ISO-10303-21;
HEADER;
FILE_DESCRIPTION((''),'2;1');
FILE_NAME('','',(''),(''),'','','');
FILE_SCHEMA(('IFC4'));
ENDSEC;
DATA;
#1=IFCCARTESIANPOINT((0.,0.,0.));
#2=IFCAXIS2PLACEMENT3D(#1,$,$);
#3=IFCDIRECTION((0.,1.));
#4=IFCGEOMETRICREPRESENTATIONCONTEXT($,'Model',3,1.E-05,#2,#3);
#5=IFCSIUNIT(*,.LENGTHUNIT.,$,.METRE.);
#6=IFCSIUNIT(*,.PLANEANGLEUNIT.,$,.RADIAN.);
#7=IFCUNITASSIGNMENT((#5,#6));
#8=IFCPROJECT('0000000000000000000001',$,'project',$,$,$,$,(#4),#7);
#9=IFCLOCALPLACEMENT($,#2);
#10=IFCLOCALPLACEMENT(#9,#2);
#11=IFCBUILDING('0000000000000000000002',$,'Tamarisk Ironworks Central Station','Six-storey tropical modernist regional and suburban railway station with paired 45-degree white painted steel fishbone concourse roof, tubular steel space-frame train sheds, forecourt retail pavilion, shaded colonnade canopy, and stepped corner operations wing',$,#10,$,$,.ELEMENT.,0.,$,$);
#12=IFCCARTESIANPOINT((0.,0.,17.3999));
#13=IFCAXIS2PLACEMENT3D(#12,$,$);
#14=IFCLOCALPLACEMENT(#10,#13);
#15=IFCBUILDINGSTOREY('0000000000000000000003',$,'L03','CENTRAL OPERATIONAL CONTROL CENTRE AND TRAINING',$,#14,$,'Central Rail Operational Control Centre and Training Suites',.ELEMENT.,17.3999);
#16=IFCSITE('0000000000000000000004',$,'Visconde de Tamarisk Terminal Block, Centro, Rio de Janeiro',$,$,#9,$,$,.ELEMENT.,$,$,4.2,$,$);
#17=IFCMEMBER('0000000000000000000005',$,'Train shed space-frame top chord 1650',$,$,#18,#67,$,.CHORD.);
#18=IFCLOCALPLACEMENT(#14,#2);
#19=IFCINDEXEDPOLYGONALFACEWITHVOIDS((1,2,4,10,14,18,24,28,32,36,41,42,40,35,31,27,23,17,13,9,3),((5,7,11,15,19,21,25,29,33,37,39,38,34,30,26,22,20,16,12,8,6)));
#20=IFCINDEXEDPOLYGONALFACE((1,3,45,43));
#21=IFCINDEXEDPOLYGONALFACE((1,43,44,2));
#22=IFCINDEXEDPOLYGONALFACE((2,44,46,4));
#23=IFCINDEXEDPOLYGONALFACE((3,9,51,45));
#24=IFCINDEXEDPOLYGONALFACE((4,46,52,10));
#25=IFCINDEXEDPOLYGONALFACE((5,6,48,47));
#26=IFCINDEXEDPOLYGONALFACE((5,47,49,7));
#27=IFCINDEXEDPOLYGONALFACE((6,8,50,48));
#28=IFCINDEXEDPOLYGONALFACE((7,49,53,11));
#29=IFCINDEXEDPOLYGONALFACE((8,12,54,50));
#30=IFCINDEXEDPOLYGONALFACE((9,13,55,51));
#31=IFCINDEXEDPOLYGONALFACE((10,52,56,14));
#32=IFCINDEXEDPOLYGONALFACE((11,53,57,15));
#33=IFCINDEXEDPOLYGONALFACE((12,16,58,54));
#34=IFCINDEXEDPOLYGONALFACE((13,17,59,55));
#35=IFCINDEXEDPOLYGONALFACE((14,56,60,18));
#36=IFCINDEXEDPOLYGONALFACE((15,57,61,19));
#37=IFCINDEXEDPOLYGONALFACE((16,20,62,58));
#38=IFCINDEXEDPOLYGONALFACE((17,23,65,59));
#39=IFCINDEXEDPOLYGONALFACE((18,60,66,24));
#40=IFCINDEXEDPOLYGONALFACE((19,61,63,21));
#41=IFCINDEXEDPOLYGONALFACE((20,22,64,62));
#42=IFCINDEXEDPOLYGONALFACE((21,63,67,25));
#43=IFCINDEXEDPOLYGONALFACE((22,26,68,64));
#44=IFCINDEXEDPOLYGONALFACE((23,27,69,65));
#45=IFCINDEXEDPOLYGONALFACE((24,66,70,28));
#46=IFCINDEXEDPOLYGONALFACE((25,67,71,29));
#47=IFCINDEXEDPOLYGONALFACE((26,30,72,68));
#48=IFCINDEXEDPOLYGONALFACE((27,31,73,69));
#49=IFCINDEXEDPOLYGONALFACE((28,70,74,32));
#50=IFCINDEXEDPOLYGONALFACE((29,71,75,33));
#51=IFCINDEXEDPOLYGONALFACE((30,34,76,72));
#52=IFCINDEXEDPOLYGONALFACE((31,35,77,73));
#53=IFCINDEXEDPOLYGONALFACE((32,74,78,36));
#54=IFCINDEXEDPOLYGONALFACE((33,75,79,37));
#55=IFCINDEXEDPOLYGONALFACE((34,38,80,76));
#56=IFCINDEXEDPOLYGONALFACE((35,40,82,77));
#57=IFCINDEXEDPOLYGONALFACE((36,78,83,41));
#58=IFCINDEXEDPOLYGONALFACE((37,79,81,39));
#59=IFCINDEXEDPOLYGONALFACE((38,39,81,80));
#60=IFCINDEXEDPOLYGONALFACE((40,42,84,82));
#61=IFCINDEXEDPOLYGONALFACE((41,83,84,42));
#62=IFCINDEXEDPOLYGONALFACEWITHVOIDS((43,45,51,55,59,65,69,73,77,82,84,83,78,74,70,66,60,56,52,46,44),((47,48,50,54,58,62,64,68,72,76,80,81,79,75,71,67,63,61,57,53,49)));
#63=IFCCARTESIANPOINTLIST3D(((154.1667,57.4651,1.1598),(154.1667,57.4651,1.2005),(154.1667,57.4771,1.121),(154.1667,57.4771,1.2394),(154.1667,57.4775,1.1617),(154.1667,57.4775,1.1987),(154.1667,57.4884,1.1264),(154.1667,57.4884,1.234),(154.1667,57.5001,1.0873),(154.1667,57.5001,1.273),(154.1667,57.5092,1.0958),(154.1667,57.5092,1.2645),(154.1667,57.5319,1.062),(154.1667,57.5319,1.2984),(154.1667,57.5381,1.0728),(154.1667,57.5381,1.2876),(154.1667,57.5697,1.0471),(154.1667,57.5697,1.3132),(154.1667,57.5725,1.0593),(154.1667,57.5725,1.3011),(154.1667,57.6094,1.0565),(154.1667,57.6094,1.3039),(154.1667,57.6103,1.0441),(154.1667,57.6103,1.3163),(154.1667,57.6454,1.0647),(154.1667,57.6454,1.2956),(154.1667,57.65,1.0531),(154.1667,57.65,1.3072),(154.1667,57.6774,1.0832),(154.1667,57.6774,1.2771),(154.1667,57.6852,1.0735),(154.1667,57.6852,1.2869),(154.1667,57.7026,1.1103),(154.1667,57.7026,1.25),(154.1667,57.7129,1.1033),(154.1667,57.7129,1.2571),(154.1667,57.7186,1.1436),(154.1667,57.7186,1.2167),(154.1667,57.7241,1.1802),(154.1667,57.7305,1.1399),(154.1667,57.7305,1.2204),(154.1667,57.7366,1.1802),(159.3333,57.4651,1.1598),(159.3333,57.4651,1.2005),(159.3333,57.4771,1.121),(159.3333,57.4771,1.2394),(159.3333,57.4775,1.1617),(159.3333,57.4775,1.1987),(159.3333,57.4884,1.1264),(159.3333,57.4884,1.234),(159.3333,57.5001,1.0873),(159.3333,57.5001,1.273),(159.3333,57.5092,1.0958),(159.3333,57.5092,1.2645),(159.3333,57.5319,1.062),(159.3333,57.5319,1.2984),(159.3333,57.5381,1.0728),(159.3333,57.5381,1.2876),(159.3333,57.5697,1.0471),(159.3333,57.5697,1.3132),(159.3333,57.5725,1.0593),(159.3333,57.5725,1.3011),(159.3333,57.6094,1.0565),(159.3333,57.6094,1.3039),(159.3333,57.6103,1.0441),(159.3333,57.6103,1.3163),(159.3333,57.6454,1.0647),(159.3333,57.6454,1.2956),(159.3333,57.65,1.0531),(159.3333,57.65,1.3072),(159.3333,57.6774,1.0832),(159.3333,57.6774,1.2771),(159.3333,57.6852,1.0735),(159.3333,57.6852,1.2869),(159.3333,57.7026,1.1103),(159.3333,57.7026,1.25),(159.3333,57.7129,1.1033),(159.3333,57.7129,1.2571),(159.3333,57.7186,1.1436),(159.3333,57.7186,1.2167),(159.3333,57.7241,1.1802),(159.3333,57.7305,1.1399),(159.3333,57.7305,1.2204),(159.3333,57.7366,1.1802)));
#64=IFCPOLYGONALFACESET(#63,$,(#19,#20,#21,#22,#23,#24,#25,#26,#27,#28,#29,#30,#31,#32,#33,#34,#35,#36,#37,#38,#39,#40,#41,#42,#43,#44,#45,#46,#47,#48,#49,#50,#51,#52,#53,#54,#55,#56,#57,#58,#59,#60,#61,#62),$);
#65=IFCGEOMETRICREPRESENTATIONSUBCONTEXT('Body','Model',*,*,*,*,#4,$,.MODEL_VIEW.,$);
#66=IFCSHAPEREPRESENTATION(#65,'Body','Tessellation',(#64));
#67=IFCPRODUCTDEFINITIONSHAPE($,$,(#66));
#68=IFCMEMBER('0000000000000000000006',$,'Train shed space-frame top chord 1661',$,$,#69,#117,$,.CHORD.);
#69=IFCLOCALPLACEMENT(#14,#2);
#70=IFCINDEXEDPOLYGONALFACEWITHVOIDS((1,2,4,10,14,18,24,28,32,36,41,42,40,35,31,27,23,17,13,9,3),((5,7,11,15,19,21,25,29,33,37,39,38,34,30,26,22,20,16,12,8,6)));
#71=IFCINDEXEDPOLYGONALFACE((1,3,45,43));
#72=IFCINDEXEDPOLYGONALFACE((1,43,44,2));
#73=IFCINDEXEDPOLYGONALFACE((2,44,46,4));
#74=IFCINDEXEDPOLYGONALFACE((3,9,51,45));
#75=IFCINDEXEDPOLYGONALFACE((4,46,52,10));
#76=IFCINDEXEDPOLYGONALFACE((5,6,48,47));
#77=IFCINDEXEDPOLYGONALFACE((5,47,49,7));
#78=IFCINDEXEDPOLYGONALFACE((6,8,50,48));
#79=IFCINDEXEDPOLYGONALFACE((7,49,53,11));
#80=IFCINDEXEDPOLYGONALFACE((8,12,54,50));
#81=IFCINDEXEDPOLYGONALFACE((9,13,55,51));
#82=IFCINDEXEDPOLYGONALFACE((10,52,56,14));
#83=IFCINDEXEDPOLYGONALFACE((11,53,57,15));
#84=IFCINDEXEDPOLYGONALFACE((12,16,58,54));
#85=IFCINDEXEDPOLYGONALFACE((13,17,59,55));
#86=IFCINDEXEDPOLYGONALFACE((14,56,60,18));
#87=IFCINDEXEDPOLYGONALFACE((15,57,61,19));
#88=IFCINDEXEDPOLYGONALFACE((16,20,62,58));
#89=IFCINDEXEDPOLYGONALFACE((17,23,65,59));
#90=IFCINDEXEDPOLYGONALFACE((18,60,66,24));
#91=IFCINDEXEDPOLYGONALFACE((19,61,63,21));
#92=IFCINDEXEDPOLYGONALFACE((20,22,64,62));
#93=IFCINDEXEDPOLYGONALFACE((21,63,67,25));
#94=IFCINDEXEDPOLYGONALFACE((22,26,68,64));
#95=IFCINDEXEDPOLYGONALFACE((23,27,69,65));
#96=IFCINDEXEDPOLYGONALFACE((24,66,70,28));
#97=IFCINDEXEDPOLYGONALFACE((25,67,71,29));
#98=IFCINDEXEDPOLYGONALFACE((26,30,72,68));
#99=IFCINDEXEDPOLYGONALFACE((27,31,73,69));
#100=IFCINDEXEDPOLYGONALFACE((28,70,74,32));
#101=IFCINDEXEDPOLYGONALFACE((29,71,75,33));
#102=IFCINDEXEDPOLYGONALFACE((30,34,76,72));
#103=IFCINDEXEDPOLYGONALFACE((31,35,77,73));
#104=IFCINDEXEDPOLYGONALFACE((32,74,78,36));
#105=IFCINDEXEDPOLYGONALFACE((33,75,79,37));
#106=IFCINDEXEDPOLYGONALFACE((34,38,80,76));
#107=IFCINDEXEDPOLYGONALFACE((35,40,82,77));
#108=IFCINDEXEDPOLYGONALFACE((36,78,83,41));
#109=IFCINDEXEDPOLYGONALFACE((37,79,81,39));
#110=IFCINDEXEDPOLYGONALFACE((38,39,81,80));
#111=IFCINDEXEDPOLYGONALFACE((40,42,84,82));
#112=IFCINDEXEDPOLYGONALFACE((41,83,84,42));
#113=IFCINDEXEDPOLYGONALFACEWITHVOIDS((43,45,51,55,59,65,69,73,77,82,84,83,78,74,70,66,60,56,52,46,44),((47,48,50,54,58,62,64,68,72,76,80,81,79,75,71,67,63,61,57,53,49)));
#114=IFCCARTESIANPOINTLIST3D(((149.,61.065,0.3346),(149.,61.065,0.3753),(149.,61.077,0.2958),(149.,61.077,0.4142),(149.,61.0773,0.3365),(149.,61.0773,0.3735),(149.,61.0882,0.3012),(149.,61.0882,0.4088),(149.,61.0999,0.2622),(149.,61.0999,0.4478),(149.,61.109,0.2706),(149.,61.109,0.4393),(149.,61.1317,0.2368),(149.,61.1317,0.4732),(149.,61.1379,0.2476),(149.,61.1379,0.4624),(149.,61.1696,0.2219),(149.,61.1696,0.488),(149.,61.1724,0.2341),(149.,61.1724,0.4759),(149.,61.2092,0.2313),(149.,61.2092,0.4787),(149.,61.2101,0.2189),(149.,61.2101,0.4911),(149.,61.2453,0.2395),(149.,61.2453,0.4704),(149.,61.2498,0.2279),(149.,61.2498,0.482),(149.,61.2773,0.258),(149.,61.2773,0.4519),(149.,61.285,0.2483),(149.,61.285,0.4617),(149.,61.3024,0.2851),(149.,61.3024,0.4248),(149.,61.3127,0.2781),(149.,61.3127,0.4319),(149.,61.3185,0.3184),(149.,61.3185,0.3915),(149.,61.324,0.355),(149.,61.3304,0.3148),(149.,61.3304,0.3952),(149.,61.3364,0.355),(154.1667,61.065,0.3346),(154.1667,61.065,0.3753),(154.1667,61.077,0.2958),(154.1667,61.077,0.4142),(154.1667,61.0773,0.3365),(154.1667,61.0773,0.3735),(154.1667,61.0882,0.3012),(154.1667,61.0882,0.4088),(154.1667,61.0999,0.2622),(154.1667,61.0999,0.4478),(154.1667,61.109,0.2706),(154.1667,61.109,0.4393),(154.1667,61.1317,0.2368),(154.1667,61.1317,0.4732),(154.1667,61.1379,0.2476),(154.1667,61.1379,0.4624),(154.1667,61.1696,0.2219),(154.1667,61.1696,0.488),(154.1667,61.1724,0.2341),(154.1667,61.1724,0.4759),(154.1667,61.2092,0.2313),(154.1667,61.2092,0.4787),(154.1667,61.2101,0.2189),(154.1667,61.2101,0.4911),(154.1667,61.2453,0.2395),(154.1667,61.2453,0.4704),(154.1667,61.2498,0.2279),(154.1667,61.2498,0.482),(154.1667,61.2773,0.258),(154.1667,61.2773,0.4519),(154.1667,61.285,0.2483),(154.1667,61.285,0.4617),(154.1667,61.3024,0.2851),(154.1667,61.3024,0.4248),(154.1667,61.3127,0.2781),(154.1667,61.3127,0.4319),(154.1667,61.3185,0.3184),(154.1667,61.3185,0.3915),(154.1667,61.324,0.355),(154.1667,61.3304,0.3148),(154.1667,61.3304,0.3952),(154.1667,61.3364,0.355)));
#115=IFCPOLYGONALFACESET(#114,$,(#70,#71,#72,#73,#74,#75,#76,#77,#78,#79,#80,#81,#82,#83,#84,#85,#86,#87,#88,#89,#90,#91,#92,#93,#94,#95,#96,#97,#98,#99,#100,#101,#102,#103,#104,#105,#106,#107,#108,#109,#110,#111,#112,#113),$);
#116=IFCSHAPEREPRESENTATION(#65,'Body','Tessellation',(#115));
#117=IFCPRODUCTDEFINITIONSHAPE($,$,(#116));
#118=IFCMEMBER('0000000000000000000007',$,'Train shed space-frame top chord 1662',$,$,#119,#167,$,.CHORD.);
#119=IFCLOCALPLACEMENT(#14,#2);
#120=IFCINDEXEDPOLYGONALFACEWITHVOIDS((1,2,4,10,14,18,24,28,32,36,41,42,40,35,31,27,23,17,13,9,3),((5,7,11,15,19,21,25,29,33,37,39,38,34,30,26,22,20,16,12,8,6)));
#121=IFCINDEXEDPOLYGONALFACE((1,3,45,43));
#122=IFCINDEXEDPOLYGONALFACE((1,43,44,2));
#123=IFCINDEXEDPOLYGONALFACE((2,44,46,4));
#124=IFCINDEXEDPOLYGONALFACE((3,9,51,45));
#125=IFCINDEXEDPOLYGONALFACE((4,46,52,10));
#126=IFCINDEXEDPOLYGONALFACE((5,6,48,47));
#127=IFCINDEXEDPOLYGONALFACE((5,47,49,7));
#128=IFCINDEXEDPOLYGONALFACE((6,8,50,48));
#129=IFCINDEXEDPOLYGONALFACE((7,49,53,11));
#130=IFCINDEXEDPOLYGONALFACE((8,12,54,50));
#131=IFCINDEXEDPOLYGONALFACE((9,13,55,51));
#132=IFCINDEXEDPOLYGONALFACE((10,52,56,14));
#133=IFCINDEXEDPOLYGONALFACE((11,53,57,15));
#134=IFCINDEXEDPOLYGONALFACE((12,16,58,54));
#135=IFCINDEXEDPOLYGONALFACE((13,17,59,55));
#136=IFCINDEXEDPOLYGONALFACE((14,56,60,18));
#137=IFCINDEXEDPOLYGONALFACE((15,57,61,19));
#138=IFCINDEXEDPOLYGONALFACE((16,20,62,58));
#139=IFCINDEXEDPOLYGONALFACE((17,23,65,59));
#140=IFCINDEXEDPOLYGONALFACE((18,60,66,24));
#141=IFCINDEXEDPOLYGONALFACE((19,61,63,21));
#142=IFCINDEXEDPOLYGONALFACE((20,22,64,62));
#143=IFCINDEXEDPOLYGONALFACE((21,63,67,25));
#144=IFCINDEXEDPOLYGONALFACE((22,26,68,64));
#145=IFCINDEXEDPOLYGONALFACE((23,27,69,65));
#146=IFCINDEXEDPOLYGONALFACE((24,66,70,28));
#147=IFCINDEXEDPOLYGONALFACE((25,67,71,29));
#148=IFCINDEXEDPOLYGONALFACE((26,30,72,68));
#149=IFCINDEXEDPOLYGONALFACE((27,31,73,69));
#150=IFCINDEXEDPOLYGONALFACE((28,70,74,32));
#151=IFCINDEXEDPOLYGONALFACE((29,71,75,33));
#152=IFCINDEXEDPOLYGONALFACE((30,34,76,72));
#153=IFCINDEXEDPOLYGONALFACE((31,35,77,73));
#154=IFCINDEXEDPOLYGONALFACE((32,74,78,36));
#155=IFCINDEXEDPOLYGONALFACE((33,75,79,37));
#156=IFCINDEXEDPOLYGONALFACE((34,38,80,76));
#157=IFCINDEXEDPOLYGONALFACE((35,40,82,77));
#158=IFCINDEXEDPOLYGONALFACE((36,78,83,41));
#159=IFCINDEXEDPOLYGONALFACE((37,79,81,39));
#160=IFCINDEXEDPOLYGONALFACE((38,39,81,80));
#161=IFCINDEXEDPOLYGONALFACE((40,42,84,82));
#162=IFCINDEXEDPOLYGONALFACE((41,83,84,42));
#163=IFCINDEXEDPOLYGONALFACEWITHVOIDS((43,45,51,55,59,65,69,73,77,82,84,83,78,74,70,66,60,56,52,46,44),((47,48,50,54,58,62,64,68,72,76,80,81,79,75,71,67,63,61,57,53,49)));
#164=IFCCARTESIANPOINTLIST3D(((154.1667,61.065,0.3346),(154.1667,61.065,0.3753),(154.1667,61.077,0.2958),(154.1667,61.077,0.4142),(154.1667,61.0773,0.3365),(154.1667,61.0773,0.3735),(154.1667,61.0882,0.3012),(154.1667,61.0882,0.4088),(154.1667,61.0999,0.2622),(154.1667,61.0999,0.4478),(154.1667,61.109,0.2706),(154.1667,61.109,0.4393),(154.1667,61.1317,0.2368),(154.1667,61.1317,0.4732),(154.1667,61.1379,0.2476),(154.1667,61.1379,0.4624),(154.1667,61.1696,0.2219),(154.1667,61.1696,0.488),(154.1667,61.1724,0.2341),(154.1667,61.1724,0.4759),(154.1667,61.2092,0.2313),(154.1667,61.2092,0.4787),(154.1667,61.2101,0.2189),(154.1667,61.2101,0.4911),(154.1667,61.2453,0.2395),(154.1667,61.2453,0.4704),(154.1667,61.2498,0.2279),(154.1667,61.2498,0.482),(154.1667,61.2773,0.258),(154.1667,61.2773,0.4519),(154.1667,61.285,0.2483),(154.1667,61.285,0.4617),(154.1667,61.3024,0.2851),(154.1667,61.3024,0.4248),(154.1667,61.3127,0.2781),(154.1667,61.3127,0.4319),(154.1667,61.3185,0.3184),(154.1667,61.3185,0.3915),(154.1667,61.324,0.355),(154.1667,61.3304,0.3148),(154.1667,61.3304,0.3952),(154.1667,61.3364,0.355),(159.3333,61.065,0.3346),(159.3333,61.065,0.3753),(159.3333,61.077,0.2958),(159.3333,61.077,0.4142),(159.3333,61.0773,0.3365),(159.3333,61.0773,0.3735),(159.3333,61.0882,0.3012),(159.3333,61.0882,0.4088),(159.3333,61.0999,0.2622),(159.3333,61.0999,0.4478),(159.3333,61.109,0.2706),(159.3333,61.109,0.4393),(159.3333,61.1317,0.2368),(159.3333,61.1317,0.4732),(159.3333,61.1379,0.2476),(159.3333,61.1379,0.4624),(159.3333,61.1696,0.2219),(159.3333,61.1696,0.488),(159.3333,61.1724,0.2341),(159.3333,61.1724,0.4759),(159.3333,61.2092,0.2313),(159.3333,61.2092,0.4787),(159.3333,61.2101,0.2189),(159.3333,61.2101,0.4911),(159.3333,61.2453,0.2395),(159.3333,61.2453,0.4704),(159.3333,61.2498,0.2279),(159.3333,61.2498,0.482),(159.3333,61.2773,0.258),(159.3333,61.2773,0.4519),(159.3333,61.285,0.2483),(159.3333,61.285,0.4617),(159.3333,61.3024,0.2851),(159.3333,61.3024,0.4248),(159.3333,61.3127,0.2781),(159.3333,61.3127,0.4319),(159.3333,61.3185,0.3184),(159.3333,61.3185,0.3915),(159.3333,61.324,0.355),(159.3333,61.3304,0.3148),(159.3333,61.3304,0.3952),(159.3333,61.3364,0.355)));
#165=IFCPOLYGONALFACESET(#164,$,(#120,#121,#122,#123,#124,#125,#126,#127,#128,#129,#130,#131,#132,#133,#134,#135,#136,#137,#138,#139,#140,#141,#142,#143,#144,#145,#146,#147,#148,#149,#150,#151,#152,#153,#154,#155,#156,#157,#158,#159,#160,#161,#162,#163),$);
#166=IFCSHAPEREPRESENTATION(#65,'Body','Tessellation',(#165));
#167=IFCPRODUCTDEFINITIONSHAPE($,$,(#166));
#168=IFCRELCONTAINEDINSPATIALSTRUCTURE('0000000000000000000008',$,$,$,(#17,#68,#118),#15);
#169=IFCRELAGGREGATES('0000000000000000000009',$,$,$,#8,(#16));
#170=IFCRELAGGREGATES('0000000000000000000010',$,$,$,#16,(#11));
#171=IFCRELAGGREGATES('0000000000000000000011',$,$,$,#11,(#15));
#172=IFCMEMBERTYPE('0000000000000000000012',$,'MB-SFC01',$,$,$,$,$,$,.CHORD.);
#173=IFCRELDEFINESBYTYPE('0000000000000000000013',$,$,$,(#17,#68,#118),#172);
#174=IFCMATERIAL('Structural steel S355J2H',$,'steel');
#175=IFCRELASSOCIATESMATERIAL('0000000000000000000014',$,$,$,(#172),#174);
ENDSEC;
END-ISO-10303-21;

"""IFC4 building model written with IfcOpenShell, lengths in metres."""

from ifc_helpers import new_model, si_unit, direction, frame, origin, origin_2d, place, context, subcontext, project, spatial, hollow_circle, extrude, material, material_profile, profile_set, type_object, element, save


model = new_model("IFC4")

# Units and contexts
model_context = context("Model", 3, precision=1e-05, world=origin(), true_north=direction((0.0, 1.0)))
body_context = subcontext(model_context, "Body", "Model", "MODEL_VIEW")
ifc_project = project(units=[si_unit("LENGTHUNIT", "METRE"), si_unit("PLANEANGLEUNIT", "RADIAN")], contexts=[model_context])

# Site, building, storey
site_placement = place(None, origin())
site = spatial("IfcSite", under=ifc_project, at=site_placement, Name="Visconde de Tamarisk Terminal Block, Centro, Rio de Janeiro", CompositionType="ELEMENT", RefElevation=4.2)
building_placement = place(site_placement, origin())
building = spatial("IfcBuilding", under=site, at=building_placement, Name="Tamarisk Ironworks Central Station", Description="Six-storey tropical modernist regional and suburban railway station with paired 45-degree white painted steel fishbone concourse roof, tubular steel space-frame train sheds, forecourt retail pavilion, shaded colonnade canopy, and stepped corner operations wing", CompositionType="ELEMENT", ElevationOfRefHeight=0.0)
storey_placement = place(building_placement, frame((0.0, 0.0, 17.3999)))
storey = spatial("IfcBuildingStorey", under=building, at=storey_placement, Name="L03", Description="CENTRAL OPERATIONAL CONTROL CENTRE AND TRAINING", LongName="Central Rail Operational Control Centre and Training Suites", CompositionType="ELEMENT", Elevation=17.3999)

# Members
ifc_material = material(Name="Structural steel S355J2H", Category="steel")
ifc_material_profile_1 = material_profile(ifc_material, hollow_circle(Radius=0.1365, WallThickness=0.0125, at=origin_2d()), Name="CHS 273x12.5")
ifc_profile_set_1 = profile_set([ifc_material_profile_1], Name="Structural steel S355J2H")
member_type_1 = type_object("IfcMemberType", Name="MB-SFC01", PredefinedType="CHORD", material=ifc_profile_set_1)
member_1_placement = place(storey_placement, frame((154.1667, 57.6001, 1.1802), z_axis=(1.0, 0.0, 0.0), x_axis=(0.0, 1.0, 0.0)))
element("IfcMember", 1, at=member_1_placement, inside=storey, type_object=member_type_1, Name="Train shed space-frame top chord 1650", PredefinedType="CHORD", context=body_context, shape_type="SweptSolid", body=[
    extrude(hollow_circle(Radius=0.1365, WallThickness=0.0125, at=origin_2d()), origin(), (0.0, 0.0, 1.0), 5.1665),
])
member_2_placement = place(storey_placement, frame((149.0, 61.2, 0.355), z_axis=(1.0, 0.0, 0.0), x_axis=(0.0, 1.0, 0.0)))
element("IfcMember", 2, at=member_2_placement, inside=storey, type_object=member_type_1, Name="Train shed space-frame top chord 1661", PredefinedType="CHORD", context=body_context, shape_type="SweptSolid", body=[
    extrude(hollow_circle(Radius=0.1365, WallThickness=0.0125, at=origin_2d()), origin(), (0.0, 0.0, 1.0), 5.1667),
])
member_3_placement = place(storey_placement, frame((154.1667, 61.2, 0.355), z_axis=(1.0, 0.0, 0.0), x_axis=(0.0, 1.0, 0.0)))
element("IfcMember", 3, at=member_3_placement, inside=storey, type_object=member_type_1, Name="Train shed space-frame top chord 1662", PredefinedType="CHORD", context=body_context, shape_type="SweptSolid", body=[
    extrude(hollow_circle(Radius=0.1365, WallThickness=0.0125, at=origin_2d()), origin(), (0.0, 0.0, 1.0), 5.1665),
])

save(model, "model.ifc")
